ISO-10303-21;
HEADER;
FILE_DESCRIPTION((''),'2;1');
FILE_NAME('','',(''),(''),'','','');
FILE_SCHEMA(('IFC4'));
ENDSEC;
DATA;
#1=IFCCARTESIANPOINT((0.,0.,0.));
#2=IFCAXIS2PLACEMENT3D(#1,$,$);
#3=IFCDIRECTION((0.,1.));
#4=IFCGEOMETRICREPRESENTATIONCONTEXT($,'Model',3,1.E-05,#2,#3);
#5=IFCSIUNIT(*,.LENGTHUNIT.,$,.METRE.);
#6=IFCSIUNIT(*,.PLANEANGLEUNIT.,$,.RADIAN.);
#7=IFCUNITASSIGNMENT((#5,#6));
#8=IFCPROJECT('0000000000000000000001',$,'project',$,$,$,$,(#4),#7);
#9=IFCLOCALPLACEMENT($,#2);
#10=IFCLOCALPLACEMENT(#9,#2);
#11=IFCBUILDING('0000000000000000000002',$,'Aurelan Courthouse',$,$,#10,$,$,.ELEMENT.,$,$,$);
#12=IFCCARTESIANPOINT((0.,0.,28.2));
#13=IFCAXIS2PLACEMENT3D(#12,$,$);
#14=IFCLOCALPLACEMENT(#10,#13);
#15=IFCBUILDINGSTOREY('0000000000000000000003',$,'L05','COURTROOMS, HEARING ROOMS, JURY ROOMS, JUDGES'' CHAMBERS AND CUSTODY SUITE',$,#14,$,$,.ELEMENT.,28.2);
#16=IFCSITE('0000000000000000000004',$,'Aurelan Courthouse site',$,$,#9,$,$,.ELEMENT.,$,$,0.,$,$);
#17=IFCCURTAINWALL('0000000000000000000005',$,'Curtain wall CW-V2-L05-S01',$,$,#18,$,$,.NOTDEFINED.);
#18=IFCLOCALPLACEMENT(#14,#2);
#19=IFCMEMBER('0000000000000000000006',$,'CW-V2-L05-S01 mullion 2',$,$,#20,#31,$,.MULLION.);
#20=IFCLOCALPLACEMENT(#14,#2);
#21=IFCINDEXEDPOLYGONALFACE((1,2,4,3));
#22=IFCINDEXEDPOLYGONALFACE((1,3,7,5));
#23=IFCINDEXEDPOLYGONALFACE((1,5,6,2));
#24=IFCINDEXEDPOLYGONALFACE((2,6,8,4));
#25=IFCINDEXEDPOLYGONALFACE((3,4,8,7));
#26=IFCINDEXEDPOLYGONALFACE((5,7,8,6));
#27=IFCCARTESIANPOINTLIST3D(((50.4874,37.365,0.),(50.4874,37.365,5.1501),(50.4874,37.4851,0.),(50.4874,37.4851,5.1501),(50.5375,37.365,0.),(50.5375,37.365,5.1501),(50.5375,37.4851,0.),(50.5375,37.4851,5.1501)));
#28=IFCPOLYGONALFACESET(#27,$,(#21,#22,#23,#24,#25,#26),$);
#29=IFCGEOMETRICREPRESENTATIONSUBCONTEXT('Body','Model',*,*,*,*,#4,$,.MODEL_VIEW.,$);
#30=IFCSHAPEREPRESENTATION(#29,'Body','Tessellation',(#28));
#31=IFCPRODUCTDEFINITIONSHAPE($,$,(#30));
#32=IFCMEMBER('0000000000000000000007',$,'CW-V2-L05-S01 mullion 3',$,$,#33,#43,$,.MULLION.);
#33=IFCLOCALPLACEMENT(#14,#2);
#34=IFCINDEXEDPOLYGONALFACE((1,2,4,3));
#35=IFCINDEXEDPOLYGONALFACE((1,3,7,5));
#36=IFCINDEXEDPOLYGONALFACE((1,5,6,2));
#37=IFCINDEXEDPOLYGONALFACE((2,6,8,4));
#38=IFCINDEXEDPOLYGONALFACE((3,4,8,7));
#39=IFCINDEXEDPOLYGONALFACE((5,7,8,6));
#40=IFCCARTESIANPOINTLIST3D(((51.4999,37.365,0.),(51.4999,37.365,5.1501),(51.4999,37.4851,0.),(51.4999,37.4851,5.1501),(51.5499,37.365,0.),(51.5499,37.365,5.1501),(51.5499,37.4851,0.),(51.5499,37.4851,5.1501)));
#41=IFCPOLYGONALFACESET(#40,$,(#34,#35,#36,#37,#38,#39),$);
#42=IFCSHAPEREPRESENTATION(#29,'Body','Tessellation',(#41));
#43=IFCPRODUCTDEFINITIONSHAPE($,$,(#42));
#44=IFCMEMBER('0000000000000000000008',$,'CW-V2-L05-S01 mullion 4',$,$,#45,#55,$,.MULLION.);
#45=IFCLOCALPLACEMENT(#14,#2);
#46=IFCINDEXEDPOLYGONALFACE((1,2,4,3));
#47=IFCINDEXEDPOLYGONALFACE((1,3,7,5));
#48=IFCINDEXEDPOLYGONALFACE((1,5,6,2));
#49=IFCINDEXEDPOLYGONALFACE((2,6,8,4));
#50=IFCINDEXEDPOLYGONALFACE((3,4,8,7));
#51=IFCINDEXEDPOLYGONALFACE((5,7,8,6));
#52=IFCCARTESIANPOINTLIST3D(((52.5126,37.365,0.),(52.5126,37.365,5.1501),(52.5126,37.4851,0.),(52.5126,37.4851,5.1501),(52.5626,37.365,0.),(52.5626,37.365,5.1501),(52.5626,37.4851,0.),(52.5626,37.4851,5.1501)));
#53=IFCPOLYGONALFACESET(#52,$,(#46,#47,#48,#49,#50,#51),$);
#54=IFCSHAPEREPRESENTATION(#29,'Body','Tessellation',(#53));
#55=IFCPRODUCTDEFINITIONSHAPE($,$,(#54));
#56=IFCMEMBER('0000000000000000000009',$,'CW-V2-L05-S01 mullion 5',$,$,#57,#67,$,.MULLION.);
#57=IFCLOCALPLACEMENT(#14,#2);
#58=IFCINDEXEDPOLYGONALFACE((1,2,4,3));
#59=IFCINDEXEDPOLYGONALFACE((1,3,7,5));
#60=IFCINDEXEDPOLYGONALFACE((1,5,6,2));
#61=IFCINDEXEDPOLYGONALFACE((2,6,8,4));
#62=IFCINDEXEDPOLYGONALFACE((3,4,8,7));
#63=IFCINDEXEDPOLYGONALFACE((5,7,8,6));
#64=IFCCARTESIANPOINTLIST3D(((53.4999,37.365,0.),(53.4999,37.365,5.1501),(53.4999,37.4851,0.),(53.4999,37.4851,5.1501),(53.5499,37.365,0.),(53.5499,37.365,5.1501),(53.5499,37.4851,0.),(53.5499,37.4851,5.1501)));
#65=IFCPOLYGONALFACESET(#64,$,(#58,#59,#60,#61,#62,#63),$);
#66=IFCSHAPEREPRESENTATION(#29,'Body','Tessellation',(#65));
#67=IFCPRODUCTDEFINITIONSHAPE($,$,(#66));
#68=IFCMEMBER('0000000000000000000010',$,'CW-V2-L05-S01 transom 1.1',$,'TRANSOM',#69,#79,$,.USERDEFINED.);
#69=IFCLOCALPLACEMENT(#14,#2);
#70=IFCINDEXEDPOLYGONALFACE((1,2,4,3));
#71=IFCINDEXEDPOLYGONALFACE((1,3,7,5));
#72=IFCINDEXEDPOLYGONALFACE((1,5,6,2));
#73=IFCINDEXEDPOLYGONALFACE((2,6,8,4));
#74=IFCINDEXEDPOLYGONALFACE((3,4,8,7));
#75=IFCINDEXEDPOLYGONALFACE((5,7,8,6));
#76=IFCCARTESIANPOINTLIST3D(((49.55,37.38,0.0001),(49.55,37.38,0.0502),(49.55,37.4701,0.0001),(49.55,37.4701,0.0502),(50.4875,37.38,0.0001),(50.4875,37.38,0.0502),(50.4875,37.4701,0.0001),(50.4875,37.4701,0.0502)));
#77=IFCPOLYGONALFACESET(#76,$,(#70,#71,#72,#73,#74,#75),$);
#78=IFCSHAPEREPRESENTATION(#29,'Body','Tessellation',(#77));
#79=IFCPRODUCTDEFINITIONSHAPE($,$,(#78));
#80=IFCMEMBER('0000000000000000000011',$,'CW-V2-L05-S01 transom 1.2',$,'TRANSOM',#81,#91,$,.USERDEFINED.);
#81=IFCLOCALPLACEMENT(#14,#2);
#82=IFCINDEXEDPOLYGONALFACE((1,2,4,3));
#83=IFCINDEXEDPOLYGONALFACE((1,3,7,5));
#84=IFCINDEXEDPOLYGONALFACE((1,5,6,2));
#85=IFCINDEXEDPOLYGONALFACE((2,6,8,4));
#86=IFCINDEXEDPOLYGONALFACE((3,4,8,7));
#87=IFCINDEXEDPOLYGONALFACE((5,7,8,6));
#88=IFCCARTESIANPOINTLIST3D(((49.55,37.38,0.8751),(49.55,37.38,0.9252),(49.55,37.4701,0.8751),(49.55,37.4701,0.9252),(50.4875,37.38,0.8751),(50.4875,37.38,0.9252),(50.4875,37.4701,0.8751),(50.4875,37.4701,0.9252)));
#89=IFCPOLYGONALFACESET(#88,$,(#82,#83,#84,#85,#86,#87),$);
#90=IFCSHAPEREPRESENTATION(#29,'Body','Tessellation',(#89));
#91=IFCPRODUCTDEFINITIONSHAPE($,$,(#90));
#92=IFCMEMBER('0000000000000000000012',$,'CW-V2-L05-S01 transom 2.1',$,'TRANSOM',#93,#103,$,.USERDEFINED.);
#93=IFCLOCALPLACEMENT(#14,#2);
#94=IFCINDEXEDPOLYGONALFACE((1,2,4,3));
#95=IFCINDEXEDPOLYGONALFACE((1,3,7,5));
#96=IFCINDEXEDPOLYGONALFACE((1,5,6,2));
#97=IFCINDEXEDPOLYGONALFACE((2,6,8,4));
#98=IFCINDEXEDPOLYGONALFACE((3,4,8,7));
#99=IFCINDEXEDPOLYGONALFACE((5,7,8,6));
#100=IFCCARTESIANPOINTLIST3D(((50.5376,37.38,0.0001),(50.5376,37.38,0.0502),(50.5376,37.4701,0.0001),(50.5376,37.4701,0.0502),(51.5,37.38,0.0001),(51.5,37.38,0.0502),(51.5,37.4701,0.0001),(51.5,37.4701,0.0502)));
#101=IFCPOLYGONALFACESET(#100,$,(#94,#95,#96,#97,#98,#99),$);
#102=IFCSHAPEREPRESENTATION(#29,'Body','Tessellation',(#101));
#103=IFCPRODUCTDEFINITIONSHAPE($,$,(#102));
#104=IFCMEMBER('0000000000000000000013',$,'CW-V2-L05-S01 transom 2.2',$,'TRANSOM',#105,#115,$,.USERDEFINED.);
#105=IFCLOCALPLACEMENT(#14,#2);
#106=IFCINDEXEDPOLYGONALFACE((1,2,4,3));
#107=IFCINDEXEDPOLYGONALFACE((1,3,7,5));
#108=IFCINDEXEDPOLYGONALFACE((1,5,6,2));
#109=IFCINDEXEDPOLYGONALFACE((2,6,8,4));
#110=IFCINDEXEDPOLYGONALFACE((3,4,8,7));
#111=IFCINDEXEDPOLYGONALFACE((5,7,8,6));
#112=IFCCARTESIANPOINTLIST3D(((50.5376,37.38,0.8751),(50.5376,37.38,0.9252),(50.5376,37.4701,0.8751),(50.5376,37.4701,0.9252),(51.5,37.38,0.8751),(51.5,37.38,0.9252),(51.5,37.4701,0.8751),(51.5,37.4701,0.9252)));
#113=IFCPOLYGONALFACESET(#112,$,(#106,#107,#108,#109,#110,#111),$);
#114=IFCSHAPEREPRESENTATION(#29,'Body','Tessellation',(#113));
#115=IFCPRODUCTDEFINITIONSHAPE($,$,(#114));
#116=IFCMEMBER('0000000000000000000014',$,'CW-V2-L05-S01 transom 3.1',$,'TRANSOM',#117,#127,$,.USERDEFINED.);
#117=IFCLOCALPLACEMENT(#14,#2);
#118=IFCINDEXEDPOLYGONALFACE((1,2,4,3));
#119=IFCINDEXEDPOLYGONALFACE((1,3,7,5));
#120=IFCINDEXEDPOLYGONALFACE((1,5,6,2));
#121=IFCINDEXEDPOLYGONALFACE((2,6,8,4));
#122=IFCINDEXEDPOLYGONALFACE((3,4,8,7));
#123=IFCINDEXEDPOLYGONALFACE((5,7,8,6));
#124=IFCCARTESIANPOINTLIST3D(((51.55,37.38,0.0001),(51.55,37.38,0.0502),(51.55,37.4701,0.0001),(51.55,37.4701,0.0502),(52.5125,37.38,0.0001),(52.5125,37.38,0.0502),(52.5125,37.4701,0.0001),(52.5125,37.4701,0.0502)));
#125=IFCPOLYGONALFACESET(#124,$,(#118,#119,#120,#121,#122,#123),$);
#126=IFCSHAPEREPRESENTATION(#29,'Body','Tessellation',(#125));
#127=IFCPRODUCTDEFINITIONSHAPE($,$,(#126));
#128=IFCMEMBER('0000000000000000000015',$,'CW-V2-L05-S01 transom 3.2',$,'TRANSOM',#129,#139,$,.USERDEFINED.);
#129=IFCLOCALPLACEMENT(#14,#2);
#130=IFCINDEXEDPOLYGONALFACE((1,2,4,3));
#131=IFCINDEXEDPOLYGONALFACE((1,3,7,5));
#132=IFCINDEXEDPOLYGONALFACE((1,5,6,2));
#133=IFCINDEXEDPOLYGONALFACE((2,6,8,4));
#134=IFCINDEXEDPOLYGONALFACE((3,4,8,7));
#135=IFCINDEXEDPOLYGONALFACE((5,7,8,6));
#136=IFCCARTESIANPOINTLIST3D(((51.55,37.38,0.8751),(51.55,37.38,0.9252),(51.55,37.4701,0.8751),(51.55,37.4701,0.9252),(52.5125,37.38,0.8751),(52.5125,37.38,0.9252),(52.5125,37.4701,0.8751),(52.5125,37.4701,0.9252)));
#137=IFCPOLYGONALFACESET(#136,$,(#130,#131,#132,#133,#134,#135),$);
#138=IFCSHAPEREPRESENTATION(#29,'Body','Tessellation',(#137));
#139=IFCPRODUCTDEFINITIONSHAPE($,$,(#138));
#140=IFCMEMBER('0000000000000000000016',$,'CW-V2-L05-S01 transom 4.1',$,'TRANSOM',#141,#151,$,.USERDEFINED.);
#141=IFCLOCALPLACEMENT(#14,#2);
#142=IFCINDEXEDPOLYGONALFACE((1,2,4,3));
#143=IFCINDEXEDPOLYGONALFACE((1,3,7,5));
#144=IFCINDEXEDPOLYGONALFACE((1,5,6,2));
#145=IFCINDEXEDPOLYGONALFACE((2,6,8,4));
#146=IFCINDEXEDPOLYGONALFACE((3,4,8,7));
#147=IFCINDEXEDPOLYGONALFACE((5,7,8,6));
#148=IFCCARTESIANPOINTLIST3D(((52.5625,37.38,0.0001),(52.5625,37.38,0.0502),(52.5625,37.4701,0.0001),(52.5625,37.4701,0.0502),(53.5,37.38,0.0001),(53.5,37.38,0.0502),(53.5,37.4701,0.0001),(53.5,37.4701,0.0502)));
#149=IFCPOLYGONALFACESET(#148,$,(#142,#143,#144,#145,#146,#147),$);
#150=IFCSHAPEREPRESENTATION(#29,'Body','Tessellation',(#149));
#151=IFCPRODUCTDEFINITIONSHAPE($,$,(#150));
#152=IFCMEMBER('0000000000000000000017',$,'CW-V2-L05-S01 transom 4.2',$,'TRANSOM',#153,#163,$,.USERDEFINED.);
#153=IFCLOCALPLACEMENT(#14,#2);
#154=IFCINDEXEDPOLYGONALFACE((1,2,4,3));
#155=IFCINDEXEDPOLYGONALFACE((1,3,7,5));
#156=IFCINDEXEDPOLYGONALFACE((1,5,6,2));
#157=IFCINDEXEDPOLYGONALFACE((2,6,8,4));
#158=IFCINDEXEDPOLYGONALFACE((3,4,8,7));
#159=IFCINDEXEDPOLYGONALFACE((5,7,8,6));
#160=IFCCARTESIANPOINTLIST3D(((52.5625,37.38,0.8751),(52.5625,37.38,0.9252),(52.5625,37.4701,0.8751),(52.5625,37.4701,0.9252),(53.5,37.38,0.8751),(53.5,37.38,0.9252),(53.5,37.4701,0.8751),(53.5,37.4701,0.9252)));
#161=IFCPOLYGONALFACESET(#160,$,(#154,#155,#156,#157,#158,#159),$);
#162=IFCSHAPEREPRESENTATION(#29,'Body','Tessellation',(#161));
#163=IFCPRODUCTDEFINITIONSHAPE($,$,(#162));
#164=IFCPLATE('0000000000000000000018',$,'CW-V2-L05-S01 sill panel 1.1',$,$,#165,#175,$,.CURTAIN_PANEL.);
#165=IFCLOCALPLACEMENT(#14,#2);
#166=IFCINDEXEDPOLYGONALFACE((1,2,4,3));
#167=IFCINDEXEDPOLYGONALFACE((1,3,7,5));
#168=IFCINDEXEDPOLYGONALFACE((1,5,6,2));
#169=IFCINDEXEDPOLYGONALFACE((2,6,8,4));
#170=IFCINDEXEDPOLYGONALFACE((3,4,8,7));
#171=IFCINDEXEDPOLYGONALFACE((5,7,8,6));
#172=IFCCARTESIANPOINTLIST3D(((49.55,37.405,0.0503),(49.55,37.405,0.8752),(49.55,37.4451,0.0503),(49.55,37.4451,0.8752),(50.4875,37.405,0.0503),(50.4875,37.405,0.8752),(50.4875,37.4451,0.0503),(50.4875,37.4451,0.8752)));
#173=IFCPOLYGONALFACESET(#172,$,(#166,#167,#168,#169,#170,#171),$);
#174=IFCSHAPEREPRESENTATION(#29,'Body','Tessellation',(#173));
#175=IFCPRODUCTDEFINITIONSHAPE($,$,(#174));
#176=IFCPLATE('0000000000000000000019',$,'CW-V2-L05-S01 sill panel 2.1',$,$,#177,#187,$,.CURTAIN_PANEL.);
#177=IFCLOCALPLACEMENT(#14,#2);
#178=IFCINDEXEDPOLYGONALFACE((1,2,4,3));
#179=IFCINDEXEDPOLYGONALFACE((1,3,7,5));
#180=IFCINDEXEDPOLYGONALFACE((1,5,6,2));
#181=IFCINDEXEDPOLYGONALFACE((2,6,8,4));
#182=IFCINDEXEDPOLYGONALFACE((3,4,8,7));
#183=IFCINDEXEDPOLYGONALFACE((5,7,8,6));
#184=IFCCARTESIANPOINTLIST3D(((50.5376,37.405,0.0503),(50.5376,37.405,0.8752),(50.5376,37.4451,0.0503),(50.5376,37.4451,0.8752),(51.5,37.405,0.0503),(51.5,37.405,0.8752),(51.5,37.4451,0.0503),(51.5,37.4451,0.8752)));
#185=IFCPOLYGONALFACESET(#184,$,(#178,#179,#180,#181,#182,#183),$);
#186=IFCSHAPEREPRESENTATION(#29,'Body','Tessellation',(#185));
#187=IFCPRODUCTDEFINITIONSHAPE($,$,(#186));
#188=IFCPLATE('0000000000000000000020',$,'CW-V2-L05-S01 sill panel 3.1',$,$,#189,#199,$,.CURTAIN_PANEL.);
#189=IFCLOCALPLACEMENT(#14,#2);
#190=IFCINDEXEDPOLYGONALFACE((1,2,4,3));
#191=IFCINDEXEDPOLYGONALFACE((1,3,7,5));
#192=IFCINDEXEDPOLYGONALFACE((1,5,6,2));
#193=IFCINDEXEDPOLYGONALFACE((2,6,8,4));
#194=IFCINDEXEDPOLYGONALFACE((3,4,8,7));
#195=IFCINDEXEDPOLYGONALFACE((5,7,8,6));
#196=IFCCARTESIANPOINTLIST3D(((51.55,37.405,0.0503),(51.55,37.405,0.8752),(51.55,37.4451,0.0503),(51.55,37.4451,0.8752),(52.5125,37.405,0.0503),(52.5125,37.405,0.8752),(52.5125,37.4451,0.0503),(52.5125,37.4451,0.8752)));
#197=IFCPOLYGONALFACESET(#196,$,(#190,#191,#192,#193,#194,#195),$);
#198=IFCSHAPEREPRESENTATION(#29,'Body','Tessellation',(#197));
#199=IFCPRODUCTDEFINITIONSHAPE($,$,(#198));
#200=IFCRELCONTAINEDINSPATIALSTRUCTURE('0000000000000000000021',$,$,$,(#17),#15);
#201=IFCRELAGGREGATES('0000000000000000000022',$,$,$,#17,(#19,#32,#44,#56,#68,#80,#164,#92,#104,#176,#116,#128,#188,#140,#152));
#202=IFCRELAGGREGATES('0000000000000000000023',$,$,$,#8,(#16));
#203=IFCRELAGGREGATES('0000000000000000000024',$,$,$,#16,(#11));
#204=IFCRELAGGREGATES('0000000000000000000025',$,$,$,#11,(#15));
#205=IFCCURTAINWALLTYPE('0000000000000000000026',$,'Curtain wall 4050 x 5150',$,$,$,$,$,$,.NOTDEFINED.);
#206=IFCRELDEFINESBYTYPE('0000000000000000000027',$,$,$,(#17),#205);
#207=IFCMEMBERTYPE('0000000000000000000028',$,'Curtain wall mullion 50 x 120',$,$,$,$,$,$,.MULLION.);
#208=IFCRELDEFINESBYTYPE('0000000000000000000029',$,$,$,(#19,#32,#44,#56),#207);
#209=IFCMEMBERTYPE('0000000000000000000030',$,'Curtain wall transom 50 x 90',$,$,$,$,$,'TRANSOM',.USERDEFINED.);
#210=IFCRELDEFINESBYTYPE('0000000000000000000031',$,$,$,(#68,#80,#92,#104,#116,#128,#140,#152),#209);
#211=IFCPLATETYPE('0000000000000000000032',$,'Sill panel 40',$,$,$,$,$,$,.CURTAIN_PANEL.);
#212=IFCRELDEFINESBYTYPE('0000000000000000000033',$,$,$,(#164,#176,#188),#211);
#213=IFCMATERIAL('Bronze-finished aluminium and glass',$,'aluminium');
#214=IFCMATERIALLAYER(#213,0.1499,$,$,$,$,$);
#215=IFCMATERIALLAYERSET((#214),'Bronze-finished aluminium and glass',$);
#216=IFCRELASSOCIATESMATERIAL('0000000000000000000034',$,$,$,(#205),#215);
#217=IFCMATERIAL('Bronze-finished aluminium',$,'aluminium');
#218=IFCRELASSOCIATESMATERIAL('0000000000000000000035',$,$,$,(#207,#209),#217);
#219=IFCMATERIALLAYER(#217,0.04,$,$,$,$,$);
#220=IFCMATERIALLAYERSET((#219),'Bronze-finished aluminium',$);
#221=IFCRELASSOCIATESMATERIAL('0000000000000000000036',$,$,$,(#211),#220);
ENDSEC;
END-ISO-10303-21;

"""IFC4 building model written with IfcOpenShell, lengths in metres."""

from ifc_helpers import new_model, si_unit, direction, frame, origin, origin_2d, place, context, subcontext, project, spatial, rectangle, extrude, material, layer, layer_set, material_profile, profile_set, type_object, element, aggregate, save


model = new_model("IFC4")

# Units and contexts
model_context = context("Model", 3, precision=1e-05, world=origin(), true_north=direction((0.0, 1.0)))
body_context = subcontext(model_context, "Body", "Model", "MODEL_VIEW")
ifc_project = project(units=[si_unit("LENGTHUNIT", "METRE"), si_unit("PLANEANGLEUNIT", "RADIAN")], contexts=[model_context])

# Site, building, storey
site_placement = place(None, origin())
site = spatial("IfcSite", under=ifc_project, at=site_placement, Name="Aurelan Courthouse site", CompositionType="ELEMENT", RefElevation=0.0)
building_placement = place(site_placement, origin())
building = spatial("IfcBuilding", under=site, at=building_placement, Name="Aurelan Courthouse", CompositionType="ELEMENT")
storey_placement = place(building_placement, frame((0.0, 0.0, 28.2)))
storey = spatial("IfcBuildingStorey", under=building, at=storey_placement, Name="L05", Description="COURTROOMS, HEARING ROOMS, JURY ROOMS, JUDGES' CHAMBERS AND CUSTODY SUITE", CompositionType="ELEMENT", Elevation=28.2)

# Curtain wall, members, plates
ifc_material_1 = material(Name="Bronze-finished aluminium and glass", Category="aluminium")
ifc_layer_1 = layer(ifc_material_1, 0.1499)
ifc_layer_set_1 = layer_set([ifc_layer_1], Name="Bronze-finished aluminium and glass")
curtain_wall_type = type_object("IfcCurtainWallType", Name="Curtain wall 4050 x 5150", PredefinedType="NOTDEFINED", material=ifc_layer_set_1)
curtain_wall_placement = place(storey_placement, origin())
curtain_wall = element("IfcCurtainWall", 1, at=curtain_wall_placement, inside=storey, type_object=curtain_wall_type, Name="Curtain wall CW-V2-L05-S01", PredefinedType="NOTDEFINED")
ifc_material_2 = material(Name="Bronze-finished aluminium", Category="aluminium")
ifc_material_profile_1 = material_profile(ifc_material_2, rectangle(XDim=0.1201, YDim=0.05, at=origin_2d()), Name="Bronze mullion 50 x 120")
ifc_profile_set_1 = profile_set([ifc_material_profile_1], Name="Bronze-finished aluminium")
member_type_1 = type_object("IfcMemberType", Name="Curtain wall mullion 50 x 120", PredefinedType="MULLION", material=ifc_profile_set_1)
member_1_placement = place(storey_placement, frame((50.5125, 37.425, 0.0), z_axis=(0.0, 0.0, 1.0), x_axis=(0.0, 1.0, 0.0)))
member_1 = element("IfcMember", 2, at=member_1_placement, type_object=member_type_1, Name="CW-V2-L05-S01 mullion 2", PredefinedType="MULLION", context=body_context, shape_type="SweptSolid", body=[
    extrude(rectangle(XDim=0.1201, YDim=0.05, at=origin_2d()), origin(), (0.0, 0.0, 1.0), 5.1501),
])
member_2_placement = place(storey_placement, frame((51.5249, 37.425, 0.0), z_axis=(0.0, 0.0, 1.0), x_axis=(0.0, 1.0, 0.0)))
member_2 = element("IfcMember", 3, at=member_2_placement, type_object=member_type_1, Name="CW-V2-L05-S01 mullion 3", PredefinedType="MULLION", context=body_context, shape_type="SweptSolid", body=[
    extrude(rectangle(XDim=0.1201, YDim=0.05, at=origin_2d()), origin(), (0.0, 0.0, 1.0), 5.1501),
])
member_3_placement = place(storey_placement, frame((52.5376, 37.425, 0.0), z_axis=(0.0, 0.0, 1.0), x_axis=(0.0, 1.0, 0.0)))
member_3 = element("IfcMember", 4, at=member_3_placement, type_object=member_type_1, Name="CW-V2-L05-S01 mullion 4", PredefinedType="MULLION", context=body_context, shape_type="SweptSolid", body=[
    extrude(rectangle(XDim=0.1201, YDim=0.05, at=origin_2d()), origin(), (0.0, 0.0, 1.0), 5.1501),
])
member_4_placement = place(storey_placement, frame((53.5249, 37.425, 0.0), z_axis=(0.0, 0.0, 1.0), x_axis=(0.0, 1.0, 0.0)))
member_4 = element("IfcMember", 5, at=member_4_placement, type_object=member_type_1, Name="CW-V2-L05-S01 mullion 5", PredefinedType="MULLION", context=body_context, shape_type="SweptSolid", body=[
    extrude(rectangle(XDim=0.1201, YDim=0.05, at=origin_2d()), origin(), (0.0, 0.0, 1.0), 5.1501),
])
ifc_material_profile_2 = material_profile(ifc_material_2, rectangle(XDim=0.0901, YDim=0.05, at=origin_2d()), Name="Bronze transom 50 x 90")
ifc_profile_set_2 = profile_set([ifc_material_profile_2], Name="Bronze-finished aluminium")
member_type_2 = type_object("IfcMemberType", Name="Curtain wall transom 50 x 90", ElementType="TRANSOM", PredefinedType="USERDEFINED", material=ifc_profile_set_2)
member_5_placement = place(storey_placement, frame((49.55, 37.425, 0.0251), z_axis=(1.0, 0.0, 0.0), x_axis=(0.0, 1.0, 0.0)))
member_5 = element("IfcMember", 6, at=member_5_placement, type_object=member_type_2, Name="CW-V2-L05-S01 transom 1.1", ObjectType="TRANSOM", PredefinedType="USERDEFINED", context=body_context, shape_type="SweptSolid", body=[
    extrude(rectangle(XDim=0.0901, YDim=0.05, at=origin_2d()), origin(), (0.0, 0.0, 1.0), 0.9375),
])
member_6_placement = place(storey_placement, frame((49.55, 37.425, 0.9001), z_axis=(1.0, 0.0, 0.0), x_axis=(0.0, 1.0, 0.0)))
member_6 = element("IfcMember", 7, at=member_6_placement, type_object=member_type_2, Name="CW-V2-L05-S01 transom 1.2", ObjectType="TRANSOM", PredefinedType="USERDEFINED", context=body_context, shape_type="SweptSolid", body=[
    extrude(rectangle(XDim=0.0901, YDim=0.05, at=origin_2d()), origin(), (0.0, 0.0, 1.0), 0.9375),
])
member_7_placement = place(storey_placement, frame((50.5376, 37.425, 0.0251), z_axis=(1.0, 0.0, 0.0), x_axis=(0.0, 1.0, 0.0)))
member_7 = element("IfcMember", 8, at=member_7_placement, type_object=member_type_2, Name="CW-V2-L05-S01 transom 2.1", ObjectType="TRANSOM", PredefinedType="USERDEFINED", context=body_context, shape_type="SweptSolid", body=[
    extrude(rectangle(XDim=0.0901, YDim=0.05, at=origin_2d()), origin(), (0.0, 0.0, 1.0), 0.9624),
])
member_8_placement = place(storey_placement, frame((50.5376, 37.425, 0.9001), z_axis=(1.0, 0.0, 0.0), x_axis=(0.0, 1.0, 0.0)))
member_8 = element("IfcMember", 9, at=member_8_placement, type_object=member_type_2, Name="CW-V2-L05-S01 transom 2.2", ObjectType="TRANSOM", PredefinedType="USERDEFINED", context=body_context, shape_type="SweptSolid", body=[
    extrude(rectangle(XDim=0.0901, YDim=0.05, at=origin_2d()), origin(), (0.0, 0.0, 1.0), 0.9624),
])
member_9_placement = place(storey_placement, frame((51.55, 37.425, 0.0251), z_axis=(1.0, 0.0, 0.0), x_axis=(0.0, 1.0, 0.0)))
member_9 = element("IfcMember", 10, at=member_9_placement, type_object=member_type_2, Name="CW-V2-L05-S01 transom 3.1", ObjectType="TRANSOM", PredefinedType="USERDEFINED", context=body_context, shape_type="SweptSolid", body=[
    extrude(rectangle(XDim=0.0901, YDim=0.05, at=origin_2d()), origin(), (0.0, 0.0, 1.0), 0.9624),
])
member_10_placement = place(storey_placement, frame((51.55, 37.425, 0.9001), z_axis=(1.0, 0.0, 0.0), x_axis=(0.0, 1.0, 0.0)))
member_10 = element("IfcMember", 11, at=member_10_placement, type_object=member_type_2, Name="CW-V2-L05-S01 transom 3.2", ObjectType="TRANSOM", PredefinedType="USERDEFINED", context=body_context, shape_type="SweptSolid", body=[
    extrude(rectangle(XDim=0.0901, YDim=0.05, at=origin_2d()), origin(), (0.0, 0.0, 1.0), 0.9624),
])
member_11_placement = place(storey_placement, frame((52.5625, 37.425, 0.0251), z_axis=(1.0, 0.0, 0.0), x_axis=(0.0, 1.0, 0.0)))
member_11 = element("IfcMember", 12, at=member_11_placement, type_object=member_type_2, Name="CW-V2-L05-S01 transom 4.1", ObjectType="TRANSOM", PredefinedType="USERDEFINED", context=body_context, shape_type="SweptSolid", body=[
    extrude(rectangle(XDim=0.0901, YDim=0.05, at=origin_2d()), origin(), (0.0, 0.0, 1.0), 0.9375),
])
member_12_placement = place(storey_placement, frame((52.5625, 37.425, 0.9001), z_axis=(1.0, 0.0, 0.0), x_axis=(0.0, 1.0, 0.0)))
member_12 = element("IfcMember", 13, at=member_12_placement, type_object=member_type_2, Name="CW-V2-L05-S01 transom 4.2", ObjectType="TRANSOM", PredefinedType="USERDEFINED", context=body_context, shape_type="SweptSolid", body=[
    extrude(rectangle(XDim=0.0901, YDim=0.05, at=origin_2d()), origin(), (0.0, 0.0, 1.0), 0.9375),
])
ifc_layer_2 = layer(ifc_material_2, 0.04)
ifc_layer_set_2 = layer_set([ifc_layer_2], Name="Bronze-finished aluminium")
plate_type_1 = type_object("IfcPlateType", Name="Sill panel 40", PredefinedType="CURTAIN_PANEL", material=ifc_layer_set_2)
plate_1_placement = place(storey_placement, frame((50.0188, 37.425, 0.0503), z_axis=(0.0, 0.0, 1.0), x_axis=(1.0, 0.0, 0.0)))
plate_1 = element("IfcPlate", 14, at=plate_1_placement, type_object=plate_type_1, Name="CW-V2-L05-S01 sill panel 1.1", PredefinedType="CURTAIN_PANEL", context=body_context, shape_type="SweptSolid", body=[
    extrude(rectangle(XDim=0.9375, YDim=0.04, at=origin_2d()), origin(), (0.0, 0.0, 1.0), 0.825),
])
plate_2_placement = place(storey_placement, frame((51.0188, 37.425, 0.0503), z_axis=(0.0, 0.0, 1.0), x_axis=(1.0, 0.0, 0.0)))
plate_2 = element("IfcPlate", 15, at=plate_2_placement, type_object=plate_type_1, Name="CW-V2-L05-S01 sill panel 2.1", PredefinedType="CURTAIN_PANEL", context=body_context, shape_type="SweptSolid", body=[
    extrude(rectangle(XDim=0.9624, YDim=0.04, at=origin_2d()), origin(), (0.0, 0.0, 1.0), 0.825),
])
plate_3_placement = place(storey_placement, frame((52.0312, 37.425, 0.0503), z_axis=(0.0, 0.0, 1.0), x_axis=(1.0, 0.0, 0.0)))
plate_3 = element("IfcPlate", 16, at=plate_3_placement, type_object=plate_type_1, Name="CW-V2-L05-S01 sill panel 3.1", PredefinedType="CURTAIN_PANEL", context=body_context, shape_type="SweptSolid", body=[
    extrude(rectangle(XDim=0.9624, YDim=0.04, at=origin_2d()), origin(), (0.0, 0.0, 1.0), 0.825),
])
aggregate(curtain_wall, [member_1, member_2, member_3, member_4, member_5, member_6, plate_1, member_7, member_8, plate_2, member_9, member_10, plate_3, member_11, member_12])

save(model, "model.ifc")
